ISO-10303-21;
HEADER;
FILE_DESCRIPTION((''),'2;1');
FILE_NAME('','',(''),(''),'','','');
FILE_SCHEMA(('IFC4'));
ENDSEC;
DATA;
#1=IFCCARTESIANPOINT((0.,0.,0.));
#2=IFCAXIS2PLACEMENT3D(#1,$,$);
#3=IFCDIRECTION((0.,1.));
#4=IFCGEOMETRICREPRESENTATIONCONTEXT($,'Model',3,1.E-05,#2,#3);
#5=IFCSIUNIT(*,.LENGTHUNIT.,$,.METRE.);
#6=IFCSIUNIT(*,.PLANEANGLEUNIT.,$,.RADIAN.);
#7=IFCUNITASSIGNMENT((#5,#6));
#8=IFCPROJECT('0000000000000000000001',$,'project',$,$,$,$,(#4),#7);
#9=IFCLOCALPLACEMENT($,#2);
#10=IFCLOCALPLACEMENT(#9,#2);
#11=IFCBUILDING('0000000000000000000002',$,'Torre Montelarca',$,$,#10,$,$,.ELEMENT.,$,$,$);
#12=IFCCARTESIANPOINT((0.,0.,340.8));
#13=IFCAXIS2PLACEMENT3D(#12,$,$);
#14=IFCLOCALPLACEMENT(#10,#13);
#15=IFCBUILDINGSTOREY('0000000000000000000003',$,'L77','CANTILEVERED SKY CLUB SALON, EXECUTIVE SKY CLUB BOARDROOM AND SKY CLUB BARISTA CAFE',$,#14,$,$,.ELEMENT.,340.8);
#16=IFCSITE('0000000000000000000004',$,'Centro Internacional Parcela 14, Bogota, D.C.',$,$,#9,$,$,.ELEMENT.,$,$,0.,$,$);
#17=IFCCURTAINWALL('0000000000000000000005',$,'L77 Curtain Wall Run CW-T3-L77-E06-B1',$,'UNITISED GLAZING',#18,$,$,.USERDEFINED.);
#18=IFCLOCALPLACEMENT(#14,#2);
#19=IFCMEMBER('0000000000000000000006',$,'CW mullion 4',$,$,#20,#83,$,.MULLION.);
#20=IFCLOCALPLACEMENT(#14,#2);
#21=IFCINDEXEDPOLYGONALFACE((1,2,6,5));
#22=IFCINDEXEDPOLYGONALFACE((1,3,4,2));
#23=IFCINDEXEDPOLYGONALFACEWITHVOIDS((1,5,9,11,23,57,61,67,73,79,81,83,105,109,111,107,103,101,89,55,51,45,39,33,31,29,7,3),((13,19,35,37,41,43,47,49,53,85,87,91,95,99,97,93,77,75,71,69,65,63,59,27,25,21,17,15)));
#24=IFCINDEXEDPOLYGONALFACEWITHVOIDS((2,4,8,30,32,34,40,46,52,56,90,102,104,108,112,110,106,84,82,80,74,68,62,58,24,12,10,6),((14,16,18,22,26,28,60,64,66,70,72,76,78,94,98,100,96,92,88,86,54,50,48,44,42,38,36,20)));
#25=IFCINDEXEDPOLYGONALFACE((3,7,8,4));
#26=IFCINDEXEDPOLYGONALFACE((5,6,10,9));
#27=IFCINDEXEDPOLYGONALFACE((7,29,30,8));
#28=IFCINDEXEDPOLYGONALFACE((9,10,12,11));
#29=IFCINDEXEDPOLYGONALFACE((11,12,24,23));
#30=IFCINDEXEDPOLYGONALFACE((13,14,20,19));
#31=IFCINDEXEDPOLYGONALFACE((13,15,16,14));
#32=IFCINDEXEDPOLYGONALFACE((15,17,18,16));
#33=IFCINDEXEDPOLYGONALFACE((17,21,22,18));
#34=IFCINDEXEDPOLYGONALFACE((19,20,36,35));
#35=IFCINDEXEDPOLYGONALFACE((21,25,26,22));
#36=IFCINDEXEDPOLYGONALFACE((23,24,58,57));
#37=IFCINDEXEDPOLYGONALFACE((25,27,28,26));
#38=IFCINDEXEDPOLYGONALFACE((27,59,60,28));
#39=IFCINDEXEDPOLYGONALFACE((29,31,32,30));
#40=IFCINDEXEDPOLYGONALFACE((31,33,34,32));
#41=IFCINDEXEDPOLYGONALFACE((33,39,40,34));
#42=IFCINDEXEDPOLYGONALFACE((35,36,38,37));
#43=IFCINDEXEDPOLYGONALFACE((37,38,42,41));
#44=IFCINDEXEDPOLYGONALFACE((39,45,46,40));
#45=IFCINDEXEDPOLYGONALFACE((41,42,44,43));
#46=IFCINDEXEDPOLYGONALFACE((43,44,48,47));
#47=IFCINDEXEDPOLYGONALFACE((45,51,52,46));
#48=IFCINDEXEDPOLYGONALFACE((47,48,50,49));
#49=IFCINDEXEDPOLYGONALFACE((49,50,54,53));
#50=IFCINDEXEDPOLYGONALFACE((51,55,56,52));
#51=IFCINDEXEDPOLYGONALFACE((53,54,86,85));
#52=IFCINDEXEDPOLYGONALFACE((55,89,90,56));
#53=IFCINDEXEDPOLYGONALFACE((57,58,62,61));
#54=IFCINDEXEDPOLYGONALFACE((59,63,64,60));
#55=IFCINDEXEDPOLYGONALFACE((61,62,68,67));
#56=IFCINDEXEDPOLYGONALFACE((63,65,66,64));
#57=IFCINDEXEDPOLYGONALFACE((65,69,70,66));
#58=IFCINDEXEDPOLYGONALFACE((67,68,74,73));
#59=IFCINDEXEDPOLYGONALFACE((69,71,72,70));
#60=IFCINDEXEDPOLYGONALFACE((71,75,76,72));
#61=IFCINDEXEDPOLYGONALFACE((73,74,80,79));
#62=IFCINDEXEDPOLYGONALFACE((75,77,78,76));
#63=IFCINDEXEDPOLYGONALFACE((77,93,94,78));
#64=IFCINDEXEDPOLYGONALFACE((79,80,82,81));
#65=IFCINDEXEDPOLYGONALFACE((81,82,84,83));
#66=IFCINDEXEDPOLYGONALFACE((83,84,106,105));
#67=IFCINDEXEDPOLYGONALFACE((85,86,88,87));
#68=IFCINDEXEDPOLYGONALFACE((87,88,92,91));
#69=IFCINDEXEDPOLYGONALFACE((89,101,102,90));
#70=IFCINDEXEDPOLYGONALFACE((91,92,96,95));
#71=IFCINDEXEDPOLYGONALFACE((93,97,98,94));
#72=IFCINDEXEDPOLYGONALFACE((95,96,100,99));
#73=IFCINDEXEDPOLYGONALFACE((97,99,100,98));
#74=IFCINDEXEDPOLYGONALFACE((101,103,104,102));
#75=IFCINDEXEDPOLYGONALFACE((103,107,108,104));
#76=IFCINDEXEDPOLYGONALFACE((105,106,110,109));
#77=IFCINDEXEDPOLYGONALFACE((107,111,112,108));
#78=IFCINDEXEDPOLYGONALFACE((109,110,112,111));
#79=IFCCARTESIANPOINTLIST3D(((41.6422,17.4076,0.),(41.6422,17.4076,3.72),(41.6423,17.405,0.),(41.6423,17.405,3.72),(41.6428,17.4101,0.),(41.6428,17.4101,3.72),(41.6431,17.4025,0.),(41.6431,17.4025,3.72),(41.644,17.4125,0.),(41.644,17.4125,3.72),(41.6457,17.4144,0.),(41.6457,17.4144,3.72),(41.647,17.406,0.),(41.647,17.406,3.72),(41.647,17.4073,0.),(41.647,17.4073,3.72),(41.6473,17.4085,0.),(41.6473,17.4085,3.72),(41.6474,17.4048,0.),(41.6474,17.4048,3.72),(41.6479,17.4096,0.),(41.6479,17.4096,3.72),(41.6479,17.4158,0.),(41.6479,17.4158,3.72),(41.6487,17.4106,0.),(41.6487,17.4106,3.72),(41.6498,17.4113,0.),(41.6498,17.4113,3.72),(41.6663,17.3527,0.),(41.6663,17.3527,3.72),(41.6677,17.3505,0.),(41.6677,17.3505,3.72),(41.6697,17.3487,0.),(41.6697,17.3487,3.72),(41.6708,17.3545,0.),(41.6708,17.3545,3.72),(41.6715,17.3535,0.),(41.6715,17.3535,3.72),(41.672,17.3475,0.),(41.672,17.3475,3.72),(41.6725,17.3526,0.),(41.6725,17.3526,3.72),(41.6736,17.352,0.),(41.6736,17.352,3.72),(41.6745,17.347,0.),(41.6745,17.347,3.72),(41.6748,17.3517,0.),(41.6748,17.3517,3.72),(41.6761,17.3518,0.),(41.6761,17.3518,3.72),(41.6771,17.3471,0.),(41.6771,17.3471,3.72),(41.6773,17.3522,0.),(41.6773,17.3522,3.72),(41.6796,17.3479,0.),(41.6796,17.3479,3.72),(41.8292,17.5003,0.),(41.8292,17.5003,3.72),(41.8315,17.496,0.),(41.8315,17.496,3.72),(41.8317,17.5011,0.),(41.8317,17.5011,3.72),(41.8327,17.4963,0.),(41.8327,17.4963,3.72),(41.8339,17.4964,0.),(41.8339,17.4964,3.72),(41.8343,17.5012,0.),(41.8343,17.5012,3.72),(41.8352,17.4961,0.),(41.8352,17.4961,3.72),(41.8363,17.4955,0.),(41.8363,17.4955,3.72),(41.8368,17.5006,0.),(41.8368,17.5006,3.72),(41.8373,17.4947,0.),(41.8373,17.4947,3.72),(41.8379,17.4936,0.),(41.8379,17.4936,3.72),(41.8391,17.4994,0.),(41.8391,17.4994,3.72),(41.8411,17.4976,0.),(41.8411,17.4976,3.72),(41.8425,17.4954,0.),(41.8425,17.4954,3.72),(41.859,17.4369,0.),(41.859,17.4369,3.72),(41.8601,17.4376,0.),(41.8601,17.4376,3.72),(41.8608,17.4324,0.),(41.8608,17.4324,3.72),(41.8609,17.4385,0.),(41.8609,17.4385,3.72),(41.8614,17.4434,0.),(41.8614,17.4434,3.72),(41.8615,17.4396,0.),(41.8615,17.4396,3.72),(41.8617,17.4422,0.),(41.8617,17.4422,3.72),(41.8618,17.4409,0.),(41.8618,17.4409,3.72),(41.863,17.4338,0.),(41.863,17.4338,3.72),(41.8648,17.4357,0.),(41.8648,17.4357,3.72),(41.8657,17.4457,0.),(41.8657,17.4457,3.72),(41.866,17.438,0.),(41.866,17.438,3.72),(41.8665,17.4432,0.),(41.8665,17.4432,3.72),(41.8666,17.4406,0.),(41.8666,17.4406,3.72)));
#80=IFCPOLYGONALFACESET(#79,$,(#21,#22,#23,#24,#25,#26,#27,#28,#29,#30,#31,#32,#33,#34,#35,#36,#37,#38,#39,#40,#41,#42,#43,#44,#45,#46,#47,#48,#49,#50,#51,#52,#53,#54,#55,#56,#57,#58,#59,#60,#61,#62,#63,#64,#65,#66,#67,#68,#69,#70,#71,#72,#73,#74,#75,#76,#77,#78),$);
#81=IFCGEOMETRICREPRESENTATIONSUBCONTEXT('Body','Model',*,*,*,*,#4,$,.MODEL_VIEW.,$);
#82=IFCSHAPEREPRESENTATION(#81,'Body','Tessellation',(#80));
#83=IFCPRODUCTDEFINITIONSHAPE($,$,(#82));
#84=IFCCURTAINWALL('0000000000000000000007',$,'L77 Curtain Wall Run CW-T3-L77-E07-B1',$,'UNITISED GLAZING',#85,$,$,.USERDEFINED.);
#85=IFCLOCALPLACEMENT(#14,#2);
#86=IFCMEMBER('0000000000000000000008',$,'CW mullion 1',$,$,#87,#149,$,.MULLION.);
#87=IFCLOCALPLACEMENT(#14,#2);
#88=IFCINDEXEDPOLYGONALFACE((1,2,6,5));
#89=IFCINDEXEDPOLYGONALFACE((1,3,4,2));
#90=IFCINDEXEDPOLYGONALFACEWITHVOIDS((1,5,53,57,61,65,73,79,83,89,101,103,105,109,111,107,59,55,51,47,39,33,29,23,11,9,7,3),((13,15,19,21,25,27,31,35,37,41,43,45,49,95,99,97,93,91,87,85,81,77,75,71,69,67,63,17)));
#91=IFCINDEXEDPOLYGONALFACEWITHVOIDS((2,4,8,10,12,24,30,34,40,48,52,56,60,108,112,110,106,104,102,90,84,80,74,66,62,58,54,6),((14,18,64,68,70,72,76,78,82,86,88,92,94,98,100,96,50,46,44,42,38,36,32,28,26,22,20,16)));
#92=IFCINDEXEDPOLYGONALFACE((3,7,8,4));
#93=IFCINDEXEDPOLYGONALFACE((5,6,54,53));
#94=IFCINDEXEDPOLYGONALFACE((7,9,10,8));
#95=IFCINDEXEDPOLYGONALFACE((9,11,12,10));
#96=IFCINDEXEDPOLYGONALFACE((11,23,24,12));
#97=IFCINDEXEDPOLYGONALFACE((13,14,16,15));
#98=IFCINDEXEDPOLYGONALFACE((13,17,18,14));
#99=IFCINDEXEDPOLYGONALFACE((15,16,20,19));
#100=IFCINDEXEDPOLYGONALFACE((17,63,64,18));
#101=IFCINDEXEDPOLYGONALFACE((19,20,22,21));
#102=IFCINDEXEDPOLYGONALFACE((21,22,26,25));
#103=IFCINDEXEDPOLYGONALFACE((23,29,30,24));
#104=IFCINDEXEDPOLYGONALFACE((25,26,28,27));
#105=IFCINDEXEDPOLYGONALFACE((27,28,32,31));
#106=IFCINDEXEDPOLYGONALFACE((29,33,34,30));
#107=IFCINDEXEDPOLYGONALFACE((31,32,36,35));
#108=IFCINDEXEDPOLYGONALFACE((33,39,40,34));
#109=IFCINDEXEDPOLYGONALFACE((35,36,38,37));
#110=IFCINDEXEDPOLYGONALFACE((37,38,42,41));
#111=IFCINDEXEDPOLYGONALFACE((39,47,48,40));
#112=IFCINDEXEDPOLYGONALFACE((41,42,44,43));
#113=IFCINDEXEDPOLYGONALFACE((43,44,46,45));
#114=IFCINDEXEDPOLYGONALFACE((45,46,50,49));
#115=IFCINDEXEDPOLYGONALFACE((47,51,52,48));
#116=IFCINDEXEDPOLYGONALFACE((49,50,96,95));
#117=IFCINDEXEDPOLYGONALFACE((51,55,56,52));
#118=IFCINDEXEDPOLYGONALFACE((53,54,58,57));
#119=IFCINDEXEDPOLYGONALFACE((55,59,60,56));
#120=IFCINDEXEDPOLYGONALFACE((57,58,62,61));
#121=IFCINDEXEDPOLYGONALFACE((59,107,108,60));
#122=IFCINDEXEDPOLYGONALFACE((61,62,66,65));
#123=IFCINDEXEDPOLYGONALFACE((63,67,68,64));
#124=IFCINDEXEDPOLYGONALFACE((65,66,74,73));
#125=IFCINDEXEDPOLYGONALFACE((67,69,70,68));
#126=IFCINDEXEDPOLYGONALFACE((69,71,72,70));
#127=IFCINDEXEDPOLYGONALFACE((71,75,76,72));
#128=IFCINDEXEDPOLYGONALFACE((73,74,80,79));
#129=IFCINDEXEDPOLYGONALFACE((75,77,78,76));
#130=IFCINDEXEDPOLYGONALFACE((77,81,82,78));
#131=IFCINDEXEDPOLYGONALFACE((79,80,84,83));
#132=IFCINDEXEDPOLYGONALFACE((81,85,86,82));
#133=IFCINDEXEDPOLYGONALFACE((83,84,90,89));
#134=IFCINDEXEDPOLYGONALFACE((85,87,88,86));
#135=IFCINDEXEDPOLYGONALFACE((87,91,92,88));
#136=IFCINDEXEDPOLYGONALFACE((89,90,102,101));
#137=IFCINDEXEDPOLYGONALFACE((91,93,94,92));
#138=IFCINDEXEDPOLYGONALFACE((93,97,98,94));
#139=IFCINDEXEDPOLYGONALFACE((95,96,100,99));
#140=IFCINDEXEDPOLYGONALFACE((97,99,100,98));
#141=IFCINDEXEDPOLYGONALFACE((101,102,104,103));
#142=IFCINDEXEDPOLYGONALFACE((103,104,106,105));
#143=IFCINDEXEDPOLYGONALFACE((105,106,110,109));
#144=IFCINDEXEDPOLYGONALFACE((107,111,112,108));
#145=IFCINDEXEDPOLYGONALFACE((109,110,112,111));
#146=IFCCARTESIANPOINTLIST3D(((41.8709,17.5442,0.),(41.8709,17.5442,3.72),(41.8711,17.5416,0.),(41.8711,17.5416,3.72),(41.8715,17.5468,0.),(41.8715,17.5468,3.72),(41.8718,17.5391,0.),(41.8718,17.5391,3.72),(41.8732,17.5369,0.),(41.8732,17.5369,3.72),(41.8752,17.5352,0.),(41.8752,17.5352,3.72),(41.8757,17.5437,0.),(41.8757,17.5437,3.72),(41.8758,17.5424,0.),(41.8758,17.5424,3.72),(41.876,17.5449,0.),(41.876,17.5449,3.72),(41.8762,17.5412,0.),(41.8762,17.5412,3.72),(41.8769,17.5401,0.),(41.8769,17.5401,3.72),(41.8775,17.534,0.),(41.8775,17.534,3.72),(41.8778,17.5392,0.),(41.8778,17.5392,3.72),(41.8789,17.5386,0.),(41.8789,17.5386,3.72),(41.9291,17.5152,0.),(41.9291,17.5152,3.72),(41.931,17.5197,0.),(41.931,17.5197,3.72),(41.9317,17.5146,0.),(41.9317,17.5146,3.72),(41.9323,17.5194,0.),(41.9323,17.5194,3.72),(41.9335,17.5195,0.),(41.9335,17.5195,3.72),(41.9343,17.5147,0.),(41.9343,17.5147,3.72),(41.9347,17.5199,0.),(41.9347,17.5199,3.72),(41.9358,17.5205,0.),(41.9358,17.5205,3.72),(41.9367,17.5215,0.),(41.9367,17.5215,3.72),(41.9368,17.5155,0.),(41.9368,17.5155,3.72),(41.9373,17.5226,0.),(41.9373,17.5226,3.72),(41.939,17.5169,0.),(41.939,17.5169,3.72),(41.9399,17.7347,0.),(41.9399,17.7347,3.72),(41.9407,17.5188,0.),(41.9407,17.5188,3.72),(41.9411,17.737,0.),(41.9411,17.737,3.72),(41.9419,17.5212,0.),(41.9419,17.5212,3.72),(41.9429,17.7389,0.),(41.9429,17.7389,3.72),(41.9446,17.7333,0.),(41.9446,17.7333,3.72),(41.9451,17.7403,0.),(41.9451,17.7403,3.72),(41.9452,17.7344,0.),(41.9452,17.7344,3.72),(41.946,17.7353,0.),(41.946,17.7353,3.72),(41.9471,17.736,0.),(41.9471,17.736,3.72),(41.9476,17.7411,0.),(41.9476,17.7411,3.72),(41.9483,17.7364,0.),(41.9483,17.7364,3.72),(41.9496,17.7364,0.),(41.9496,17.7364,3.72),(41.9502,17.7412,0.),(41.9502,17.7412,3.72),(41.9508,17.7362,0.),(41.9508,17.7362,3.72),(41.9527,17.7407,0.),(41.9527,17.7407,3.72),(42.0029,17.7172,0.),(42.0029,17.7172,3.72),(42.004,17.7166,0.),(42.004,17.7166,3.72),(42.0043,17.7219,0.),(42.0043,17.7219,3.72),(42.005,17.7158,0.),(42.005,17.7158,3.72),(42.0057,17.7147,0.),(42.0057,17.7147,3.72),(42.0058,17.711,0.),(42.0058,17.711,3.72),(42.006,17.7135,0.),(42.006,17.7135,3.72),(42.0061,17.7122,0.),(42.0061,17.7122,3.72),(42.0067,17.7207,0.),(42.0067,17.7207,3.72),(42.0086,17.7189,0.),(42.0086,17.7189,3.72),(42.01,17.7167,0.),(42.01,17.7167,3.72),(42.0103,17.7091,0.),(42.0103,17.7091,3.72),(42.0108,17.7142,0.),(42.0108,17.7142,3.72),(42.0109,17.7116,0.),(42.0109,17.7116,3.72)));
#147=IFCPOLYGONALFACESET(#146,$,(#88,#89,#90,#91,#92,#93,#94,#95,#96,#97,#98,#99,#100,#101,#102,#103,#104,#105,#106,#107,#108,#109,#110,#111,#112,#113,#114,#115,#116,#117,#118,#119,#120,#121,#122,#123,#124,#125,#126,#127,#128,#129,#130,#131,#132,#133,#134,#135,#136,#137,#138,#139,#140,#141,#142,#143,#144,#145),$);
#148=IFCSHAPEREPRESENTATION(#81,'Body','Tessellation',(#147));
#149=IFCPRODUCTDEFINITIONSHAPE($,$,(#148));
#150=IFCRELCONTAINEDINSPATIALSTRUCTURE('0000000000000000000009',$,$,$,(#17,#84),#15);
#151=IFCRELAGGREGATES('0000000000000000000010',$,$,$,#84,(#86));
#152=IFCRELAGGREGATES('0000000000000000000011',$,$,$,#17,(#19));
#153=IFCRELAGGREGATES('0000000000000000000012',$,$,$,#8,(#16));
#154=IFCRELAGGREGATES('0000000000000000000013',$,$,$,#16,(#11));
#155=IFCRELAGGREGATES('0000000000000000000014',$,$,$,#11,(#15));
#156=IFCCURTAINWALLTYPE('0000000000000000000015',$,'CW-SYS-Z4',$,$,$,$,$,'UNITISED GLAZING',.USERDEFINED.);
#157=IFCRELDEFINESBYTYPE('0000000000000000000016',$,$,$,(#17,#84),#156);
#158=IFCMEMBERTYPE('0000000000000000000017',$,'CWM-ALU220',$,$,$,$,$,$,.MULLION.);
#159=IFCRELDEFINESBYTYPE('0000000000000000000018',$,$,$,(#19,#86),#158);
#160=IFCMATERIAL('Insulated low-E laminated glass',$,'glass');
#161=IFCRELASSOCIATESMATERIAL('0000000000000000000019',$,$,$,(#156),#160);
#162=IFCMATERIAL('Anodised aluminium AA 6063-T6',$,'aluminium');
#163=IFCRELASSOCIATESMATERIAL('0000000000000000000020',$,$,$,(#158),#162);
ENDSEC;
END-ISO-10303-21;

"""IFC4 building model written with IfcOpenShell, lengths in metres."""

from ifc_helpers import new_model, si_unit, direction, frame, origin, origin_2d, place, context, subcontext, project, spatial, hollow_rectangle, extrude, source, transform, mapped, material, material_profile, profile_set, type_object, element, aggregate, save


model = new_model("IFC4")

# Units and contexts
model_context = context("Model", 3, precision=1e-05, world=origin(), true_north=direction((0.0, 1.0)))
body_context = subcontext(model_context, "Body", "Model", "MODEL_VIEW")
ifc_project = project(units=[si_unit("LENGTHUNIT", "METRE"), si_unit("PLANEANGLEUNIT", "RADIAN")], contexts=[model_context])

# Site, building, storey
site_placement = place(None, origin())
site = spatial("IfcSite", under=ifc_project, at=site_placement, Name="Centro Internacional Parcela 14, Bogota, D.C.", CompositionType="ELEMENT", RefElevation=0.0)
building_placement = place(site_placement, origin())
building = spatial("IfcBuilding", under=site, at=building_placement, Name="Torre Montelarca", CompositionType="ELEMENT")
storey_placement = place(building_placement, frame((0.0, 0.0, 340.8)))
storey = spatial("IfcBuildingStorey", under=building, at=storey_placement, Name="L77", Description="CANTILEVERED SKY CLUB SALON, EXECUTIVE SKY CLUB BOARDROOM AND SKY CLUB BARISTA CAFE", CompositionType="ELEMENT", Elevation=340.8)

# Curtain walls, members
ifc_material_1 = material(Name="Insulated low-E laminated glass", Category="glass")
curtain_wall_type = type_object("IfcCurtainWallType", Name="CW-SYS-Z4", ElementType="UNITISED GLAZING", PredefinedType="USERDEFINED", material=ifc_material_1)
curtain_wall_1_placement = place(storey_placement, origin())
curtain_wall_1 = element("IfcCurtainWall", 1, at=curtain_wall_1_placement, inside=storey, type_object=curtain_wall_type, Name="L77 Curtain Wall Run CW-T3-L77-E06-B1", ObjectType="UNITISED GLAZING", PredefinedType="USERDEFINED")
ifc_material_2 = material(Name="Anodised aluminium AA 6063-T6", Category="aluminium")
ifc_material_profile_1 = material_profile(ifc_material_2, hollow_rectangle(XDim=0.075, YDim=0.22, WallThickness=0.0049, InnerFilletRadius=0.0049, OuterFilletRadius=0.01, at=origin_2d()), Name="ALU75X220X5", Category="aluminium")
ifc_profile_set_1 = profile_set([ifc_material_profile_1], Name="Anodised aluminium AA 6063-T6")
member_type_1 = type_object("IfcMemberType", Name="CWM-ALU220", PredefinedType="MULLION", material=ifc_profile_set_1)
shared_shape_1 = source(origin(), body_context, "Body", "SweptSolid", [
    extrude(hollow_rectangle(XDim=0.075, YDim=0.22, WallThickness=0.0049, InnerFilletRadius=0.0049, OuterFilletRadius=0.01, at=origin_2d()), origin(), (0.0, 0.0, 1.0), 3.72),
])
member_1_placement = place(storey_placement, frame((41.7544, 17.4241, 0.0), z_axis=(0.0, 0.0, 1.0), x_axis=(-0.422612, 0.906311, 0.0)))
member_1 = element("IfcMember", 2, at=member_1_placement, type_object=member_type_1, Name="CW mullion 4", PredefinedType="MULLION", context=body_context, shape_type="MappedRepresentation", body=[
    mapped(shared_shape_1, transform((0.0, 0.0, 0.0), scale=1.0)),
])
curtain_wall_2_placement = place(storey_placement, origin())
curtain_wall_2 = element("IfcCurtainWall", 3, at=curtain_wall_2_placement, inside=storey, type_object=curtain_wall_type, Name="L77 Curtain Wall Run CW-T3-L77-E07-B1", ObjectType="UNITISED GLAZING", PredefinedType="USERDEFINED")
member_2_placement = place(storey_placement, frame((41.9409, 17.6279, 0.0), z_axis=(0.0, 0.0, 1.0), x_axis=(-0.939694, 0.342015, 0.0)))
member_2 = element("IfcMember", 4, at=member_2_placement, type_object=member_type_1, Name="CW mullion 1", PredefinedType="MULLION", context=body_context, shape_type="MappedRepresentation", body=[
    mapped(shared_shape_1, transform((0.0, 0.0, 0.0), scale=1.0)),
])

aggregate(curtain_wall_2, [member_2])
aggregate(curtain_wall_1, [member_1])

save(model, "model.ifc")
